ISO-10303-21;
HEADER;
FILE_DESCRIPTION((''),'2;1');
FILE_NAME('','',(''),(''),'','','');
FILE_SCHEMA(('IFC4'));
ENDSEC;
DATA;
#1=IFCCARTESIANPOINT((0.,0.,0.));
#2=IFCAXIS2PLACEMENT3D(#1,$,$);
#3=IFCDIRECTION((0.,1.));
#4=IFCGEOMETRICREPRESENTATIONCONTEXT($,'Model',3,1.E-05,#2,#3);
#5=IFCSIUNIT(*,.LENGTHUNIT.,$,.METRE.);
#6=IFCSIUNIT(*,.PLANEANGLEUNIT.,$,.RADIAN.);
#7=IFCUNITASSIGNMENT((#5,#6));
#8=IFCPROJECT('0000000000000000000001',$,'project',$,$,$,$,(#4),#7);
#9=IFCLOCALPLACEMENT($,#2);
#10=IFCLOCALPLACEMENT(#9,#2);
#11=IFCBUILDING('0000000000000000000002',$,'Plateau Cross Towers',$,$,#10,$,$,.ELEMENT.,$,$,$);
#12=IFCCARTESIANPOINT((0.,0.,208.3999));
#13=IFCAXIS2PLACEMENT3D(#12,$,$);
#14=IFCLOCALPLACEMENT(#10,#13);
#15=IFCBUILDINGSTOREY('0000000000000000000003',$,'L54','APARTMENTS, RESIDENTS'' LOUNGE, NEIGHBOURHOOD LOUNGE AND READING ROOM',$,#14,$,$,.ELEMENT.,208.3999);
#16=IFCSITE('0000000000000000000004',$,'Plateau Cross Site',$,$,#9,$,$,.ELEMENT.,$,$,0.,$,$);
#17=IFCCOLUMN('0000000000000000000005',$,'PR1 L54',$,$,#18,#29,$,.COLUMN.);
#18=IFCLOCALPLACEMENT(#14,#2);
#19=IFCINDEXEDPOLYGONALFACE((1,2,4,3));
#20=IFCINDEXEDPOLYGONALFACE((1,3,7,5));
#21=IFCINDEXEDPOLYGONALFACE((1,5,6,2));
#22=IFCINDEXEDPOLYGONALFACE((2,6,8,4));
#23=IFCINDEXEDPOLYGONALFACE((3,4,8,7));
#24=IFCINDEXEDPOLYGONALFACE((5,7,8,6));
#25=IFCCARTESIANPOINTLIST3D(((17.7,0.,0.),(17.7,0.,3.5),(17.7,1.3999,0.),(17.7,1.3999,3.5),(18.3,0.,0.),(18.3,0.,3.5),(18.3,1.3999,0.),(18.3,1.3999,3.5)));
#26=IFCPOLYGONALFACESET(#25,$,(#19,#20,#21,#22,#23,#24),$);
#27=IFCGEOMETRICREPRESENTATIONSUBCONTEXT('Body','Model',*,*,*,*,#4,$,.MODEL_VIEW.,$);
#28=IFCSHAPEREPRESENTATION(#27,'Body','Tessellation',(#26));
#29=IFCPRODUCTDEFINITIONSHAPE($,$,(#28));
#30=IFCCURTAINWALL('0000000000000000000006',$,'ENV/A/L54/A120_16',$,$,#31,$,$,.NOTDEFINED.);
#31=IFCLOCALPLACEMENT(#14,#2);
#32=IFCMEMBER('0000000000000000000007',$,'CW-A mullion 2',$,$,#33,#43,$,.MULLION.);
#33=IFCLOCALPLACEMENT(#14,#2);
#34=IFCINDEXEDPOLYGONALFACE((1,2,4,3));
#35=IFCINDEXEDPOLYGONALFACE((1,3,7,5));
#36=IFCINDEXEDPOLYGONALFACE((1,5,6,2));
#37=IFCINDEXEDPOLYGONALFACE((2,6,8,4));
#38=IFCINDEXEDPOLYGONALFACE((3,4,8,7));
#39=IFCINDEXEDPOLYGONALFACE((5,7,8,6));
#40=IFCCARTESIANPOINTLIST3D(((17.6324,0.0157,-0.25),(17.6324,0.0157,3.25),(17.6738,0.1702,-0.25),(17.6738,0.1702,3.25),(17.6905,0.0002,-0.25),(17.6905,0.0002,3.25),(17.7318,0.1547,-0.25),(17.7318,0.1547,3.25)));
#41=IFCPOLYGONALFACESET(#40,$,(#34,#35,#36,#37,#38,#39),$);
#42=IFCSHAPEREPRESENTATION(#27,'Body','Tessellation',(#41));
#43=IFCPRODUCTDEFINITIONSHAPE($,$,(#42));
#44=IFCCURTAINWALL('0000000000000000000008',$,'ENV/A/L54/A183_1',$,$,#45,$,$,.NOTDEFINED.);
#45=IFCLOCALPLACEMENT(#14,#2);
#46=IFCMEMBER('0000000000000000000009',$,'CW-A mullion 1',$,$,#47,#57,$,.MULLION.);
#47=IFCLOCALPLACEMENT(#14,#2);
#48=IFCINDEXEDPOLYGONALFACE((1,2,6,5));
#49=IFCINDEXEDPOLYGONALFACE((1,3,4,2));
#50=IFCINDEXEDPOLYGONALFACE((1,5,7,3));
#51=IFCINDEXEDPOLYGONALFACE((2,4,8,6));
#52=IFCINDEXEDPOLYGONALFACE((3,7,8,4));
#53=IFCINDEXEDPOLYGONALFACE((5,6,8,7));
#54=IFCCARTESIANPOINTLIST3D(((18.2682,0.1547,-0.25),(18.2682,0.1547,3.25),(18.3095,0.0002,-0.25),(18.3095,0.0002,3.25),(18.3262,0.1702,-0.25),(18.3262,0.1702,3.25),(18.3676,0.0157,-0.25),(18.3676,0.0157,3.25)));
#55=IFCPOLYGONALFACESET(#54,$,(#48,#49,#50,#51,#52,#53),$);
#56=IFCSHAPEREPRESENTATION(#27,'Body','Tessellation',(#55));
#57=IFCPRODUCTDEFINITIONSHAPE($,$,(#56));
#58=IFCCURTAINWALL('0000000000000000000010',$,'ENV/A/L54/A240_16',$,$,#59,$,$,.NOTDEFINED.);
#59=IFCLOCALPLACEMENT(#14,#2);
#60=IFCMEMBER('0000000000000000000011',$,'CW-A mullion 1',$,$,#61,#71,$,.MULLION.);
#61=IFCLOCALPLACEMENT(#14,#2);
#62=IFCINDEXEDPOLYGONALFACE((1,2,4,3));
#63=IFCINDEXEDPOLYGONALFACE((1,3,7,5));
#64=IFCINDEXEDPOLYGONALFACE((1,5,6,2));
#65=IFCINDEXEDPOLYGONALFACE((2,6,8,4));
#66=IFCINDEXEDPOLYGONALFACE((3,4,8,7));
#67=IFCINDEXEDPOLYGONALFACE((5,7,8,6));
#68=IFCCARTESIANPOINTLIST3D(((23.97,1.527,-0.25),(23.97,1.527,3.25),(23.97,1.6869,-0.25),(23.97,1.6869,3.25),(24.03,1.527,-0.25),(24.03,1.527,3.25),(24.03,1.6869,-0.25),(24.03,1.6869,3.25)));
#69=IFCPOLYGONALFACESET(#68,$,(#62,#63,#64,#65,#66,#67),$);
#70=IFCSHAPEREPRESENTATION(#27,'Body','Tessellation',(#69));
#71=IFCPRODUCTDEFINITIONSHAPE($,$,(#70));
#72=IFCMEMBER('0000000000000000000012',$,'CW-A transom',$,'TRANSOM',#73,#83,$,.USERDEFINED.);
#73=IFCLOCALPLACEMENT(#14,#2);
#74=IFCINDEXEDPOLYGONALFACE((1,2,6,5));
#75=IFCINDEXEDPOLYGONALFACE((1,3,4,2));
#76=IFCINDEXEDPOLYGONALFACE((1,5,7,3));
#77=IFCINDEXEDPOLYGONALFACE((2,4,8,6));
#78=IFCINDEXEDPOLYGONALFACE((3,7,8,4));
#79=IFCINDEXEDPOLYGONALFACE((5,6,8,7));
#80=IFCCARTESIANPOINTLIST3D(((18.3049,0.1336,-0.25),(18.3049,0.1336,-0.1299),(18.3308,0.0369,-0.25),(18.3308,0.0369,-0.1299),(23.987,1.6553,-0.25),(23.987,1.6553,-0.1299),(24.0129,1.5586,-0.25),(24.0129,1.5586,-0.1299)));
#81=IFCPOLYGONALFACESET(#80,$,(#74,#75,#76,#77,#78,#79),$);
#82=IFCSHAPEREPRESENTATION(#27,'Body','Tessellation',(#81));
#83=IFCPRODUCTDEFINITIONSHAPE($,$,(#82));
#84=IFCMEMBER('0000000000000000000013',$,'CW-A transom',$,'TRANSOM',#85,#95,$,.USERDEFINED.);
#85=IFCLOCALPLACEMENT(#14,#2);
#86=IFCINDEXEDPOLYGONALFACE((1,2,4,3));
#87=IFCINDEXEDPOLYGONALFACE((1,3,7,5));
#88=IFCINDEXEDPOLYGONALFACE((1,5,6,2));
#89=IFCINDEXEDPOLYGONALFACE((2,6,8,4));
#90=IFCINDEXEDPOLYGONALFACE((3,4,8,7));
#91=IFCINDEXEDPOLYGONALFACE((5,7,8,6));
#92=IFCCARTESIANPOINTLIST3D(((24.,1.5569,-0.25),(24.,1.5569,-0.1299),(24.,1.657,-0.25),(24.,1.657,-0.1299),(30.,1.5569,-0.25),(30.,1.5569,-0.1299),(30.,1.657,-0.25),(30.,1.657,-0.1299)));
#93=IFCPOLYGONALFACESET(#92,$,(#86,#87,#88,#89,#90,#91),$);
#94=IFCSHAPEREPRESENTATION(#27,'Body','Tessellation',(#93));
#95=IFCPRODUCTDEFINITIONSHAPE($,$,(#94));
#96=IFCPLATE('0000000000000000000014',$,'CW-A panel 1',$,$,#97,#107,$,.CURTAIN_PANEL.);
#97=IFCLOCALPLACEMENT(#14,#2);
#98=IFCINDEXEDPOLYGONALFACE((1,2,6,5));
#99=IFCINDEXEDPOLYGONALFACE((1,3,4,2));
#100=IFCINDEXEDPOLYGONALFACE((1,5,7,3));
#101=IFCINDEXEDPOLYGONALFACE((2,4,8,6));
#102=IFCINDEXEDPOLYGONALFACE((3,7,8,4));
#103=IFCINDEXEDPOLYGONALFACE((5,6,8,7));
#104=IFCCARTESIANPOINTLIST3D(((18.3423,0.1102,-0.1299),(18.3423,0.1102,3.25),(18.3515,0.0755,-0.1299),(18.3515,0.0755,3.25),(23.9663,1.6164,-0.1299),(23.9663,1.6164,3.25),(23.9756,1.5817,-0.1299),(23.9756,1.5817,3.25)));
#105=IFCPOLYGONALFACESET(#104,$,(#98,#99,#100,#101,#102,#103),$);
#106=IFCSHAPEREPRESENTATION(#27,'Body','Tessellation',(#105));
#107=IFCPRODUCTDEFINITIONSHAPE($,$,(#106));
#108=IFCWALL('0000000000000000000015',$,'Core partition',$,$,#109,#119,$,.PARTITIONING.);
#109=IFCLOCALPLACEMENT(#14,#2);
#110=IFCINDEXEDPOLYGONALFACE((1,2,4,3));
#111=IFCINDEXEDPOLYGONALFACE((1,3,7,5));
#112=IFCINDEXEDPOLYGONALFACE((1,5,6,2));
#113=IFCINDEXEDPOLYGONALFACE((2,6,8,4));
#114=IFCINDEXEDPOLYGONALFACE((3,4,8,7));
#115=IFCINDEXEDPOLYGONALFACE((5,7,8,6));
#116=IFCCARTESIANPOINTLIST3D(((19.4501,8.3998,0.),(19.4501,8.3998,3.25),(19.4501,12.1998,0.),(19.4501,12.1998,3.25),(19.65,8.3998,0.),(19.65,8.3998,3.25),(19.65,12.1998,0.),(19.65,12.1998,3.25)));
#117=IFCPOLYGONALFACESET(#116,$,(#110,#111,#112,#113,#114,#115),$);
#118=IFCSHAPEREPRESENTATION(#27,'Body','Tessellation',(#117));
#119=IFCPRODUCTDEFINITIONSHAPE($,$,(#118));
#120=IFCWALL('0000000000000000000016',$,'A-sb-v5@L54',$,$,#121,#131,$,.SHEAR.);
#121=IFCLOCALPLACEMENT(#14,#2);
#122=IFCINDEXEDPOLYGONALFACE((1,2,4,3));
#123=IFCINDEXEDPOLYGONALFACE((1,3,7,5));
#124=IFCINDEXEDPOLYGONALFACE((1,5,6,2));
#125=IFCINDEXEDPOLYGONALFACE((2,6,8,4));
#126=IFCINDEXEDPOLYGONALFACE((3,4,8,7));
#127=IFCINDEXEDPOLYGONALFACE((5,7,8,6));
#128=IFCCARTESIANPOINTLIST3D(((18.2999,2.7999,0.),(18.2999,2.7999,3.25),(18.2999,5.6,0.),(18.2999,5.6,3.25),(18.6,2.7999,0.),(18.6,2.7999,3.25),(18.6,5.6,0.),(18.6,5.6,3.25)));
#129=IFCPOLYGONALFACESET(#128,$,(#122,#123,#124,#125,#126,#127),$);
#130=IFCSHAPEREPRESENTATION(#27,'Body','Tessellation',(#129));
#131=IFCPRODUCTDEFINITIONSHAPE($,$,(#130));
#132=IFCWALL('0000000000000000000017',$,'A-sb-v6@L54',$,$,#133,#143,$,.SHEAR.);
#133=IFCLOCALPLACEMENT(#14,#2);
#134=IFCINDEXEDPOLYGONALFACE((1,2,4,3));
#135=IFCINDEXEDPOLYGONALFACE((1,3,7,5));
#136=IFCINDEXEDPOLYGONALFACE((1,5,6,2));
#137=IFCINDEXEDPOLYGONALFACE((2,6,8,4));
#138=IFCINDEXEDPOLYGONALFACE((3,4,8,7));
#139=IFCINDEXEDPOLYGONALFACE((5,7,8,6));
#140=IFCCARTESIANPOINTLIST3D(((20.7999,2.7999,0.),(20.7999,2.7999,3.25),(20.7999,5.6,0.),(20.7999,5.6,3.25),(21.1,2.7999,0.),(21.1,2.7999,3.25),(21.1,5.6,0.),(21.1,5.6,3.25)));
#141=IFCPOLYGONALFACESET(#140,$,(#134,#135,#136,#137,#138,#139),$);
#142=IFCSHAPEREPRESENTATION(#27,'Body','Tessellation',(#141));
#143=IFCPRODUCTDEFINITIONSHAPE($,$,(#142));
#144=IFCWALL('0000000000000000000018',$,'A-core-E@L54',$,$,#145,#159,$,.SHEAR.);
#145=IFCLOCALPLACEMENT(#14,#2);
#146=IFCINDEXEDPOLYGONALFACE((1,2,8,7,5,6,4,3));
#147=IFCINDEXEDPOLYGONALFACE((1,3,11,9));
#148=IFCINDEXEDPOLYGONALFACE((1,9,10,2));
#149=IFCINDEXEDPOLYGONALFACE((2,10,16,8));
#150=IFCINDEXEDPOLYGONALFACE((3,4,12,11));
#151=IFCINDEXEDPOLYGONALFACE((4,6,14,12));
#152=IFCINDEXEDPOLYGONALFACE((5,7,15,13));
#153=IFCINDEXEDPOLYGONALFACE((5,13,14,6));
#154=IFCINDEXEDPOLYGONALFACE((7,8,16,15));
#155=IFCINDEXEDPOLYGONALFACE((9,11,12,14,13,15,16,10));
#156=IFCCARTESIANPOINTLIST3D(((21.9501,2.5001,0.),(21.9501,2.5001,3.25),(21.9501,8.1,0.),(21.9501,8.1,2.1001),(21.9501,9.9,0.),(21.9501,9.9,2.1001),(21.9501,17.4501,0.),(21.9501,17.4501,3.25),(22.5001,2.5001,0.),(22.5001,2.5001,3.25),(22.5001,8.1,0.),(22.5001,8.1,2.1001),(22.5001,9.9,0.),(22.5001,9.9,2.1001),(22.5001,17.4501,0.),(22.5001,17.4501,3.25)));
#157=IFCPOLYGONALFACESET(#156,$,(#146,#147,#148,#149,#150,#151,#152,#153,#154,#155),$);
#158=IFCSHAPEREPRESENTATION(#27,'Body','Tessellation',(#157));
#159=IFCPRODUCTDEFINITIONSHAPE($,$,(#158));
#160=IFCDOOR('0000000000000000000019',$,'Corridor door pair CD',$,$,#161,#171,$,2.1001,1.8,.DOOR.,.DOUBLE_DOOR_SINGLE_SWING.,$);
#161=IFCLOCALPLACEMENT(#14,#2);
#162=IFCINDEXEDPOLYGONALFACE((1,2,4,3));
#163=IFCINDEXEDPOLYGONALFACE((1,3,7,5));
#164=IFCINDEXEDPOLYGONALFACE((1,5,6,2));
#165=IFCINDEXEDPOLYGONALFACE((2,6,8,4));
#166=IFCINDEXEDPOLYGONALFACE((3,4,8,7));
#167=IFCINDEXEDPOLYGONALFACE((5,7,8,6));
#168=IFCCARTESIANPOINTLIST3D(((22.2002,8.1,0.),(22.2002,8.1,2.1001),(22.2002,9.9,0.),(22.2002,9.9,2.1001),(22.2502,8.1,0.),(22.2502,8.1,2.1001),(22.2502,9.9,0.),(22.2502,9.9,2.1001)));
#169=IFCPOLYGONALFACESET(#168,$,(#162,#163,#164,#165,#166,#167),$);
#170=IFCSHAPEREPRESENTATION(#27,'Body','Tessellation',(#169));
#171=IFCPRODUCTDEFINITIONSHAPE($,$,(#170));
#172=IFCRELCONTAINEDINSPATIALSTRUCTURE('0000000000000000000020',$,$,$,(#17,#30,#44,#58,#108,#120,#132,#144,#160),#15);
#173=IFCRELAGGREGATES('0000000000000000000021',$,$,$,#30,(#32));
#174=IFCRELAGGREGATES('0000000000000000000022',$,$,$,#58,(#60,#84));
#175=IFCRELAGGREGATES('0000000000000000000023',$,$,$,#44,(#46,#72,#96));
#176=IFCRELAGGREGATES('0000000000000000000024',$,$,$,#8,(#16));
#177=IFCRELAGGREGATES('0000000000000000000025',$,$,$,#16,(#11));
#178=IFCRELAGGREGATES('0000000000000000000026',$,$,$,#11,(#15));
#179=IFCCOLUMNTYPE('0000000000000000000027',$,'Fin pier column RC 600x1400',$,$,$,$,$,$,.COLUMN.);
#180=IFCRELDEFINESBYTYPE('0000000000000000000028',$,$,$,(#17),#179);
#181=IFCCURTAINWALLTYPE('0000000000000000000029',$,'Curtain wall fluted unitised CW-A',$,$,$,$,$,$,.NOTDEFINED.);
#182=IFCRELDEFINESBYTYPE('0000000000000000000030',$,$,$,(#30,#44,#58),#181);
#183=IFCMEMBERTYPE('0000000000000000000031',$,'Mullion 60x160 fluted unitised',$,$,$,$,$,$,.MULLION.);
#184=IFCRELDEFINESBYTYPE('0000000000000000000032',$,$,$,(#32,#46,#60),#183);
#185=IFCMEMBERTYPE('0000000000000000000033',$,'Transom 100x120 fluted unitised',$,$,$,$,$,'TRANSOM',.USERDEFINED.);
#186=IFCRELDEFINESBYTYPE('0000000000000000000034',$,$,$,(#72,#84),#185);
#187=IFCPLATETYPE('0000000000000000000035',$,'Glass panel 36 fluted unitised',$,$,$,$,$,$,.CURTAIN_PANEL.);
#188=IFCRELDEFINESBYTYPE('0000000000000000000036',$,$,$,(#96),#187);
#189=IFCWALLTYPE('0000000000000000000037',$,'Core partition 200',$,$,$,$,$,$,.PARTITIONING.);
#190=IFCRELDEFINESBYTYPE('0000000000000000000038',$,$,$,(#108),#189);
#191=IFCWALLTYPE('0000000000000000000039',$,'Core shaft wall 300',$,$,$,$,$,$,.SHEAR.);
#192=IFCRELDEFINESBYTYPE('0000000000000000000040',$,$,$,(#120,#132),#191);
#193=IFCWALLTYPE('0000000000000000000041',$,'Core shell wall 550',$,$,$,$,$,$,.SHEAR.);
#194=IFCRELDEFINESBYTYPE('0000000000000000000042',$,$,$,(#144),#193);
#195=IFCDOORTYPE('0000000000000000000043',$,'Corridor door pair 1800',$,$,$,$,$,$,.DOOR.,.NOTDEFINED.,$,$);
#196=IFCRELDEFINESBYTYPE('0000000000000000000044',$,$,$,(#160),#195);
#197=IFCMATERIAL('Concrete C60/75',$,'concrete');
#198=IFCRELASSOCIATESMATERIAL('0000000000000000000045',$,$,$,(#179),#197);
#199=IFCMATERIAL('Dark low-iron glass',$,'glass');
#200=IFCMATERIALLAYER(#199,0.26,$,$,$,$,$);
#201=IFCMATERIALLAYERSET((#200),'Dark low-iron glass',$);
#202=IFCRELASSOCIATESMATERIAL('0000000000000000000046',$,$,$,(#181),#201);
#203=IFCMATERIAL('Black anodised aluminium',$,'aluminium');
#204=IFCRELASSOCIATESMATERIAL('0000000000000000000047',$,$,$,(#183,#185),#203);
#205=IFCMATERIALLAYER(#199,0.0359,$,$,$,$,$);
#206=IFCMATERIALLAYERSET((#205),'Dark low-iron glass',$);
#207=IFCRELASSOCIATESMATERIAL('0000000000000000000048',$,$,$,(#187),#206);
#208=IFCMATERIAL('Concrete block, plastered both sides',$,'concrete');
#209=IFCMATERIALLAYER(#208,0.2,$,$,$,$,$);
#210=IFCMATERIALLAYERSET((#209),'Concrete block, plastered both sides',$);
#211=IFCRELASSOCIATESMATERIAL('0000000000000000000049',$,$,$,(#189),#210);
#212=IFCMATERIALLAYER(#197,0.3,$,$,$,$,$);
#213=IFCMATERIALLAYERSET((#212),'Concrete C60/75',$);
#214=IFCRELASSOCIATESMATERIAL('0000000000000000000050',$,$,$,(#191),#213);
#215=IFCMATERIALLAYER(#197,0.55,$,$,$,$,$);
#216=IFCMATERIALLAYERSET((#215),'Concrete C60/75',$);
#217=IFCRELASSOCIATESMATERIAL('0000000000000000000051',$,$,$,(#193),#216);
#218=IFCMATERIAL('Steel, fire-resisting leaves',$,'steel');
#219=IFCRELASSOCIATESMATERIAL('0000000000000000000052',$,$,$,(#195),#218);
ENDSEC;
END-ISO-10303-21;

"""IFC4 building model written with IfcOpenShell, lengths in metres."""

from ifc_helpers import new_model, si_unit, direction, frame, frame_2d, origin, origin_2d, place, context, subcontext, project, spatial, rectangle, extrude, material, layer, layer_set, material_profile, profile_set, type_object, element, fill, aggregate, save


model = new_model("IFC4")

# Units and contexts
model_context = context("Model", 3, precision=1e-05, world=origin(), true_north=direction((0.0, 1.0)))
body_context = subcontext(model_context, "Body", "Model", "MODEL_VIEW")
ifc_project = project(units=[si_unit("LENGTHUNIT", "METRE"), si_unit("PLANEANGLEUNIT", "RADIAN")], contexts=[model_context])

# Site, building, storey
site_placement = place(None, origin())
site = spatial("IfcSite", under=ifc_project, at=site_placement, Name="Plateau Cross Site", CompositionType="ELEMENT", RefElevation=0.0)
building_placement = place(site_placement, origin())
building = spatial("IfcBuilding", under=site, at=building_placement, Name="Plateau Cross Towers", CompositionType="ELEMENT")
storey_placement = place(building_placement, frame((0.0, 0.0, 208.3999)))
storey = spatial("IfcBuildingStorey", under=building, at=storey_placement, Name="L54", Description="APARTMENTS, RESIDENTS' LOUNGE, NEIGHBOURHOOD LOUNGE AND READING ROOM", CompositionType="ELEMENT", Elevation=208.3999)

# Column
ifc_material_1 = material(Name="Concrete C60/75", Category="concrete")
ifc_material_profile_1 = material_profile(ifc_material_1, rectangle(XDim=0.6001, YDim=1.3999, at=origin_2d()), Name="RC 600x1400")
ifc_profile_set_1 = profile_set([ifc_material_profile_1], Name="Concrete C60/75")
column_type = type_object("IfcColumnType", Name="Fin pier column RC 600x1400", PredefinedType="COLUMN", material=ifc_profile_set_1)
column_placement = place(storey_placement, frame((18.0, 0.7, 0.0), z_axis=(0.0, 0.0, 1.0), x_axis=(1.0, 0.0, 0.0)))
element("IfcColumn", 1, at=column_placement, inside=storey, type_object=column_type, Name="PR1 L54", PredefinedType="COLUMN", context=body_context, shape_type="SweptSolid", body=[
    extrude(rectangle(XDim=0.6001, YDim=1.3999, at=origin_2d()), origin(), (0.0, 0.0, 1.0), 3.5),
])

# Curtain walls, members
ifc_material_2 = material(Name="Dark low-iron glass", Category="glass")
ifc_layer_1 = layer(ifc_material_2, 0.26)
ifc_layer_set_1 = layer_set([ifc_layer_1], Name="Dark low-iron glass")
curtain_wall_type = type_object("IfcCurtainWallType", Name="Curtain wall fluted unitised CW-A", PredefinedType="NOTDEFINED", material=ifc_layer_set_1)
curtain_wall_1_placement = place(storey_placement, origin())
curtain_wall_1 = element("IfcCurtainWall", 2, at=curtain_wall_1_placement, inside=storey, type_object=curtain_wall_type, Name="ENV/A/L54/A120_16", PredefinedType="NOTDEFINED")
ifc_material_3 = material(Name="Black anodised aluminium", Category="aluminium")
ifc_material_profile_2 = material_profile(ifc_material_3, rectangle(XDim=0.0601, YDim=0.1599, at=origin_2d()), Name="MULLION 60x160")
ifc_profile_set_2 = profile_set([ifc_material_profile_2], Name="Black anodised aluminium")
member_type_1 = type_object("IfcMemberType", Name="Mullion 60x160 fluted unitised", PredefinedType="MULLION", material=ifc_profile_set_2)
member_1_placement = place(storey_placement, frame((17.6821, 0.0852, -0.25), z_axis=(0.0, 0.0, 1.0), x_axis=(0.965958, -0.258699, 0.0)))
member_1 = element("IfcMember", 3, at=member_1_placement, type_object=member_type_1, Name="CW-A mullion 2", PredefinedType="MULLION", context=body_context, shape_type="SweptSolid", body=[
    extrude(rectangle(XDim=0.0601, YDim=0.1599, at=origin_2d()), origin(), (0.0, 0.0, 1.0), 3.5),
])
aggregate(curtain_wall_1, [member_1])
curtain_wall_2_placement = place(storey_placement, origin())
curtain_wall_2 = element("IfcCurtainWall", 4, at=curtain_wall_2_placement, inside=storey, type_object=curtain_wall_type, Name="ENV/A/L54/A183_1", PredefinedType="NOTDEFINED")
member_2_placement = place(storey_placement, frame((18.3179, 0.0852, -0.25), z_axis=(0.0, 0.0, 1.0), x_axis=(0.965958, 0.258699, 0.0)))
member_2 = element("IfcMember", 5, at=member_2_placement, type_object=member_type_1, Name="CW-A mullion 1", PredefinedType="MULLION", context=body_context, shape_type="SweptSolid", body=[
    extrude(rectangle(XDim=0.0601, YDim=0.1599, at=origin_2d()), origin(), (0.0, 0.0, 1.0), 3.5),
])
curtain_wall_3_placement = place(storey_placement, origin())
curtain_wall_3 = element("IfcCurtainWall", 6, at=curtain_wall_3_placement, inside=storey, type_object=curtain_wall_type, Name="ENV/A/L54/A240_16", PredefinedType="NOTDEFINED")
member_3_placement = place(storey_placement, frame((24.0, 1.6069, -0.25), z_axis=(0.0, 0.0, 1.0), x_axis=(1.0, 0.0, 0.0)))
member_3 = element("IfcMember", 7, at=member_3_placement, type_object=member_type_1, Name="CW-A mullion 1", PredefinedType="MULLION", context=body_context, shape_type="SweptSolid", body=[
    extrude(rectangle(XDim=0.0601, YDim=0.1599, at=origin_2d()), origin(), (0.0, 0.0, 1.0), 3.5),
])

# Members
ifc_material_profile_3 = material_profile(ifc_material_3, rectangle(XDim=0.1001, YDim=0.1201, at=origin_2d()), Name="TRANSOM 100x120")
ifc_profile_set_3 = profile_set([ifc_material_profile_3], Name="Black anodised aluminium")
member_type_2 = type_object("IfcMemberType", Name="Transom 100x120 fluted unitised", ElementType="TRANSOM", PredefinedType="USERDEFINED", material=ifc_profile_set_3)
member_4_placement = place(storey_placement, frame((18.3179, 0.0852, -0.1899), z_axis=(0.96596, 0.258693, 0.0), x_axis=(-0.258693, 0.96596, 0.0)))
member_4 = element("IfcMember", 8, at=member_4_placement, type_object=member_type_2, Name="CW-A transom", ObjectType="TRANSOM", PredefinedType="USERDEFINED", context=body_context, shape_type="SweptSolid", body=[
    extrude(rectangle(XDim=0.1001, YDim=0.1201, at=origin_2d()), origin(), (0.0, 0.0, 1.0), 5.8823),
])
member_5_placement = place(storey_placement, frame((24.0, 1.6069, -0.1899), z_axis=(1.0, 0.0, 0.0), x_axis=(0.0, 1.0, 0.0)))
member_5 = element("IfcMember", 9, at=member_5_placement, type_object=member_type_2, Name="CW-A transom", ObjectType="TRANSOM", PredefinedType="USERDEFINED", context=body_context, shape_type="SweptSolid", body=[
    extrude(rectangle(XDim=0.1001, YDim=0.1201, at=origin_2d()), origin(), (0.0, 0.0, 1.0), 6.0),
])
aggregate(curtain_wall_3, [member_3, member_5])

# Plate
ifc_layer_2 = layer(ifc_material_2, 0.0359)
ifc_layer_set_2 = layer_set([ifc_layer_2], Name="Dark low-iron glass")
plate_type = type_object("IfcPlateType", Name="Glass panel 36 fluted unitised", PredefinedType="CURTAIN_PANEL", material=ifc_layer_set_2)
plate_placement = place(storey_placement, frame((21.1589, 0.8459, -0.1299), z_axis=(0.0, 0.0, 1.0), x_axis=(0.965958, 0.258699, 0.0)))
plate = element("IfcPlate", 10, at=plate_placement, type_object=plate_type, Name="CW-A panel 1", PredefinedType="CURTAIN_PANEL", context=body_context, shape_type="SweptSolid", body=[
    extrude(rectangle(XDim=5.8223, YDim=0.0359, at=origin_2d()), origin(), (0.0, 0.0, 1.0), 3.3799),
])
aggregate(curtain_wall_2, [member_2, member_4, plate])

# Walls
ifc_material_4 = material(Name="Concrete block, plastered both sides", Category="concrete")
ifc_layer_3 = layer(ifc_material_4, 0.2)
ifc_layer_set_3 = layer_set([ifc_layer_3], Name="Concrete block, plastered both sides")
wall_type_1 = type_object("IfcWallType", Name="Core partition 200", PredefinedType="PARTITIONING", material=ifc_layer_set_3)
wall_1_placement = place(storey_placement, frame((19.55, 8.3999, 0.0), z_axis=(0.0, 0.0, 1.0), x_axis=(0.0, 1.0, 0.0)))
element("IfcWall", 11, at=wall_1_placement, inside=storey, type_object=wall_type_1, Name="Core partition", PredefinedType="PARTITIONING", context=body_context, shape_type="SweptSolid", body=[
    extrude(rectangle(XDim=3.8, YDim=0.2, at=frame_2d((1.8999, 0.0))), origin(), (0.0, 0.0, 1.0), 3.25),
])
ifc_layer_4 = layer(ifc_material_1, 0.3)
ifc_layer_set_4 = layer_set([ifc_layer_4], Name="Concrete C60/75")
wall_type_2 = type_object("IfcWallType", Name="Core shaft wall 300", PredefinedType="SHEAR", material=ifc_layer_set_4)
for number, where, z_axis, x_axis, name in (
    (12, (18.45, 2.8, 0.0), (0.0, 0.0, 1.0), (0.0, 1.0, 0.0), "A-sb-v5@L54"),
    (13, (20.95, 2.8, 0.0), (0.0, 0.0, 1.0), (0.0, 1.0, 0.0), "A-sb-v6@L54"),
):
    element("IfcWall", number, at=place(storey_placement, frame(where, z_axis=z_axis, x_axis=x_axis)), inside=storey, type_object=wall_type_2, Name=name, PredefinedType="SHEAR", context=body_context, shape_type="SweptSolid", body=[
        extrude(rectangle(XDim=2.8, YDim=0.3, at=frame_2d((1.3999, 0.0))), origin(), (0.0, 0.0, 1.0), 3.25),
    ])

# Wall, opening, door
ifc_layer_5 = layer(ifc_material_1, 0.55)
ifc_layer_set_5 = layer_set([ifc_layer_5], Name="Concrete C60/75")
wall_type_3 = type_object("IfcWallType", Name="Core shell wall 550", PredefinedType="SHEAR", material=ifc_layer_set_5)
wall_2_placement = place(storey_placement, frame((22.2251, 2.5, 0.0), z_axis=(0.0, 0.0, 1.0), x_axis=(0.0, 1.0, 0.0)))
wall_2 = element("IfcWall", 14, at=wall_2_placement, inside=storey, type_object=wall_type_3, Name="A-core-E@L54", PredefinedType="SHEAR", context=body_context, shape_type="SweptSolid", body=[
    extrude(rectangle(XDim=14.95, YDim=0.55, at=frame_2d((7.4751, 0.0))), origin(), (0.0, 0.0, 1.0), 3.25),
])
opening_1_placement = place(wall_2_placement, frame((5.6001, 0.0, 0.0)))
opening_1 = element("IfcOpeningElement", 15, at=opening_1_placement, cuts=wall_2, PredefinedType="OPENING", context=body_context, shape_type="SweptSolid", body=[
    extrude(rectangle(XDim=1.8, YDim=2.1001, at=frame_2d((0.8999, 1.05))), frame((0.0, 0.2849, 0.0), z_axis=(0.0, -1.0, 0.0), x_axis=(1.0, 0.0, 0.0)), (0.0, 0.0, 1.0), 0.5701),
])
ifc_material_5 = material(Name="Steel, fire-resisting leaves", Category="steel")
door_type_1 = type_object("IfcDoorType", Name="Corridor door pair 1800", OperationType="NOTDEFINED", PredefinedType="DOOR", material=ifc_material_5)
door_1_placement = place(opening_1_placement, origin())
door_1 = element("IfcDoor", 16, at=door_1_placement, inside=storey, type_object=door_type_1, Name="Corridor door pair CD", OperationType="DOUBLE_DOOR_SINGLE_SWING", OverallHeight=2.1001, OverallWidth=1.8, PredefinedType="DOOR", context=body_context, shape_type="SweptSolid", body=[
    extrude(rectangle(XDim=1.8, YDim=2.1001, at=frame_2d((0.8999, 1.05))), frame((0.0, 0.0249, 0.0), z_axis=(0.0, -1.0, 0.0), x_axis=(1.0, 0.0, 0.0)), (0.0, 0.0, 1.0), 0.05),
])
fill(opening_1, door_1)

save(model, "model.ifc")
